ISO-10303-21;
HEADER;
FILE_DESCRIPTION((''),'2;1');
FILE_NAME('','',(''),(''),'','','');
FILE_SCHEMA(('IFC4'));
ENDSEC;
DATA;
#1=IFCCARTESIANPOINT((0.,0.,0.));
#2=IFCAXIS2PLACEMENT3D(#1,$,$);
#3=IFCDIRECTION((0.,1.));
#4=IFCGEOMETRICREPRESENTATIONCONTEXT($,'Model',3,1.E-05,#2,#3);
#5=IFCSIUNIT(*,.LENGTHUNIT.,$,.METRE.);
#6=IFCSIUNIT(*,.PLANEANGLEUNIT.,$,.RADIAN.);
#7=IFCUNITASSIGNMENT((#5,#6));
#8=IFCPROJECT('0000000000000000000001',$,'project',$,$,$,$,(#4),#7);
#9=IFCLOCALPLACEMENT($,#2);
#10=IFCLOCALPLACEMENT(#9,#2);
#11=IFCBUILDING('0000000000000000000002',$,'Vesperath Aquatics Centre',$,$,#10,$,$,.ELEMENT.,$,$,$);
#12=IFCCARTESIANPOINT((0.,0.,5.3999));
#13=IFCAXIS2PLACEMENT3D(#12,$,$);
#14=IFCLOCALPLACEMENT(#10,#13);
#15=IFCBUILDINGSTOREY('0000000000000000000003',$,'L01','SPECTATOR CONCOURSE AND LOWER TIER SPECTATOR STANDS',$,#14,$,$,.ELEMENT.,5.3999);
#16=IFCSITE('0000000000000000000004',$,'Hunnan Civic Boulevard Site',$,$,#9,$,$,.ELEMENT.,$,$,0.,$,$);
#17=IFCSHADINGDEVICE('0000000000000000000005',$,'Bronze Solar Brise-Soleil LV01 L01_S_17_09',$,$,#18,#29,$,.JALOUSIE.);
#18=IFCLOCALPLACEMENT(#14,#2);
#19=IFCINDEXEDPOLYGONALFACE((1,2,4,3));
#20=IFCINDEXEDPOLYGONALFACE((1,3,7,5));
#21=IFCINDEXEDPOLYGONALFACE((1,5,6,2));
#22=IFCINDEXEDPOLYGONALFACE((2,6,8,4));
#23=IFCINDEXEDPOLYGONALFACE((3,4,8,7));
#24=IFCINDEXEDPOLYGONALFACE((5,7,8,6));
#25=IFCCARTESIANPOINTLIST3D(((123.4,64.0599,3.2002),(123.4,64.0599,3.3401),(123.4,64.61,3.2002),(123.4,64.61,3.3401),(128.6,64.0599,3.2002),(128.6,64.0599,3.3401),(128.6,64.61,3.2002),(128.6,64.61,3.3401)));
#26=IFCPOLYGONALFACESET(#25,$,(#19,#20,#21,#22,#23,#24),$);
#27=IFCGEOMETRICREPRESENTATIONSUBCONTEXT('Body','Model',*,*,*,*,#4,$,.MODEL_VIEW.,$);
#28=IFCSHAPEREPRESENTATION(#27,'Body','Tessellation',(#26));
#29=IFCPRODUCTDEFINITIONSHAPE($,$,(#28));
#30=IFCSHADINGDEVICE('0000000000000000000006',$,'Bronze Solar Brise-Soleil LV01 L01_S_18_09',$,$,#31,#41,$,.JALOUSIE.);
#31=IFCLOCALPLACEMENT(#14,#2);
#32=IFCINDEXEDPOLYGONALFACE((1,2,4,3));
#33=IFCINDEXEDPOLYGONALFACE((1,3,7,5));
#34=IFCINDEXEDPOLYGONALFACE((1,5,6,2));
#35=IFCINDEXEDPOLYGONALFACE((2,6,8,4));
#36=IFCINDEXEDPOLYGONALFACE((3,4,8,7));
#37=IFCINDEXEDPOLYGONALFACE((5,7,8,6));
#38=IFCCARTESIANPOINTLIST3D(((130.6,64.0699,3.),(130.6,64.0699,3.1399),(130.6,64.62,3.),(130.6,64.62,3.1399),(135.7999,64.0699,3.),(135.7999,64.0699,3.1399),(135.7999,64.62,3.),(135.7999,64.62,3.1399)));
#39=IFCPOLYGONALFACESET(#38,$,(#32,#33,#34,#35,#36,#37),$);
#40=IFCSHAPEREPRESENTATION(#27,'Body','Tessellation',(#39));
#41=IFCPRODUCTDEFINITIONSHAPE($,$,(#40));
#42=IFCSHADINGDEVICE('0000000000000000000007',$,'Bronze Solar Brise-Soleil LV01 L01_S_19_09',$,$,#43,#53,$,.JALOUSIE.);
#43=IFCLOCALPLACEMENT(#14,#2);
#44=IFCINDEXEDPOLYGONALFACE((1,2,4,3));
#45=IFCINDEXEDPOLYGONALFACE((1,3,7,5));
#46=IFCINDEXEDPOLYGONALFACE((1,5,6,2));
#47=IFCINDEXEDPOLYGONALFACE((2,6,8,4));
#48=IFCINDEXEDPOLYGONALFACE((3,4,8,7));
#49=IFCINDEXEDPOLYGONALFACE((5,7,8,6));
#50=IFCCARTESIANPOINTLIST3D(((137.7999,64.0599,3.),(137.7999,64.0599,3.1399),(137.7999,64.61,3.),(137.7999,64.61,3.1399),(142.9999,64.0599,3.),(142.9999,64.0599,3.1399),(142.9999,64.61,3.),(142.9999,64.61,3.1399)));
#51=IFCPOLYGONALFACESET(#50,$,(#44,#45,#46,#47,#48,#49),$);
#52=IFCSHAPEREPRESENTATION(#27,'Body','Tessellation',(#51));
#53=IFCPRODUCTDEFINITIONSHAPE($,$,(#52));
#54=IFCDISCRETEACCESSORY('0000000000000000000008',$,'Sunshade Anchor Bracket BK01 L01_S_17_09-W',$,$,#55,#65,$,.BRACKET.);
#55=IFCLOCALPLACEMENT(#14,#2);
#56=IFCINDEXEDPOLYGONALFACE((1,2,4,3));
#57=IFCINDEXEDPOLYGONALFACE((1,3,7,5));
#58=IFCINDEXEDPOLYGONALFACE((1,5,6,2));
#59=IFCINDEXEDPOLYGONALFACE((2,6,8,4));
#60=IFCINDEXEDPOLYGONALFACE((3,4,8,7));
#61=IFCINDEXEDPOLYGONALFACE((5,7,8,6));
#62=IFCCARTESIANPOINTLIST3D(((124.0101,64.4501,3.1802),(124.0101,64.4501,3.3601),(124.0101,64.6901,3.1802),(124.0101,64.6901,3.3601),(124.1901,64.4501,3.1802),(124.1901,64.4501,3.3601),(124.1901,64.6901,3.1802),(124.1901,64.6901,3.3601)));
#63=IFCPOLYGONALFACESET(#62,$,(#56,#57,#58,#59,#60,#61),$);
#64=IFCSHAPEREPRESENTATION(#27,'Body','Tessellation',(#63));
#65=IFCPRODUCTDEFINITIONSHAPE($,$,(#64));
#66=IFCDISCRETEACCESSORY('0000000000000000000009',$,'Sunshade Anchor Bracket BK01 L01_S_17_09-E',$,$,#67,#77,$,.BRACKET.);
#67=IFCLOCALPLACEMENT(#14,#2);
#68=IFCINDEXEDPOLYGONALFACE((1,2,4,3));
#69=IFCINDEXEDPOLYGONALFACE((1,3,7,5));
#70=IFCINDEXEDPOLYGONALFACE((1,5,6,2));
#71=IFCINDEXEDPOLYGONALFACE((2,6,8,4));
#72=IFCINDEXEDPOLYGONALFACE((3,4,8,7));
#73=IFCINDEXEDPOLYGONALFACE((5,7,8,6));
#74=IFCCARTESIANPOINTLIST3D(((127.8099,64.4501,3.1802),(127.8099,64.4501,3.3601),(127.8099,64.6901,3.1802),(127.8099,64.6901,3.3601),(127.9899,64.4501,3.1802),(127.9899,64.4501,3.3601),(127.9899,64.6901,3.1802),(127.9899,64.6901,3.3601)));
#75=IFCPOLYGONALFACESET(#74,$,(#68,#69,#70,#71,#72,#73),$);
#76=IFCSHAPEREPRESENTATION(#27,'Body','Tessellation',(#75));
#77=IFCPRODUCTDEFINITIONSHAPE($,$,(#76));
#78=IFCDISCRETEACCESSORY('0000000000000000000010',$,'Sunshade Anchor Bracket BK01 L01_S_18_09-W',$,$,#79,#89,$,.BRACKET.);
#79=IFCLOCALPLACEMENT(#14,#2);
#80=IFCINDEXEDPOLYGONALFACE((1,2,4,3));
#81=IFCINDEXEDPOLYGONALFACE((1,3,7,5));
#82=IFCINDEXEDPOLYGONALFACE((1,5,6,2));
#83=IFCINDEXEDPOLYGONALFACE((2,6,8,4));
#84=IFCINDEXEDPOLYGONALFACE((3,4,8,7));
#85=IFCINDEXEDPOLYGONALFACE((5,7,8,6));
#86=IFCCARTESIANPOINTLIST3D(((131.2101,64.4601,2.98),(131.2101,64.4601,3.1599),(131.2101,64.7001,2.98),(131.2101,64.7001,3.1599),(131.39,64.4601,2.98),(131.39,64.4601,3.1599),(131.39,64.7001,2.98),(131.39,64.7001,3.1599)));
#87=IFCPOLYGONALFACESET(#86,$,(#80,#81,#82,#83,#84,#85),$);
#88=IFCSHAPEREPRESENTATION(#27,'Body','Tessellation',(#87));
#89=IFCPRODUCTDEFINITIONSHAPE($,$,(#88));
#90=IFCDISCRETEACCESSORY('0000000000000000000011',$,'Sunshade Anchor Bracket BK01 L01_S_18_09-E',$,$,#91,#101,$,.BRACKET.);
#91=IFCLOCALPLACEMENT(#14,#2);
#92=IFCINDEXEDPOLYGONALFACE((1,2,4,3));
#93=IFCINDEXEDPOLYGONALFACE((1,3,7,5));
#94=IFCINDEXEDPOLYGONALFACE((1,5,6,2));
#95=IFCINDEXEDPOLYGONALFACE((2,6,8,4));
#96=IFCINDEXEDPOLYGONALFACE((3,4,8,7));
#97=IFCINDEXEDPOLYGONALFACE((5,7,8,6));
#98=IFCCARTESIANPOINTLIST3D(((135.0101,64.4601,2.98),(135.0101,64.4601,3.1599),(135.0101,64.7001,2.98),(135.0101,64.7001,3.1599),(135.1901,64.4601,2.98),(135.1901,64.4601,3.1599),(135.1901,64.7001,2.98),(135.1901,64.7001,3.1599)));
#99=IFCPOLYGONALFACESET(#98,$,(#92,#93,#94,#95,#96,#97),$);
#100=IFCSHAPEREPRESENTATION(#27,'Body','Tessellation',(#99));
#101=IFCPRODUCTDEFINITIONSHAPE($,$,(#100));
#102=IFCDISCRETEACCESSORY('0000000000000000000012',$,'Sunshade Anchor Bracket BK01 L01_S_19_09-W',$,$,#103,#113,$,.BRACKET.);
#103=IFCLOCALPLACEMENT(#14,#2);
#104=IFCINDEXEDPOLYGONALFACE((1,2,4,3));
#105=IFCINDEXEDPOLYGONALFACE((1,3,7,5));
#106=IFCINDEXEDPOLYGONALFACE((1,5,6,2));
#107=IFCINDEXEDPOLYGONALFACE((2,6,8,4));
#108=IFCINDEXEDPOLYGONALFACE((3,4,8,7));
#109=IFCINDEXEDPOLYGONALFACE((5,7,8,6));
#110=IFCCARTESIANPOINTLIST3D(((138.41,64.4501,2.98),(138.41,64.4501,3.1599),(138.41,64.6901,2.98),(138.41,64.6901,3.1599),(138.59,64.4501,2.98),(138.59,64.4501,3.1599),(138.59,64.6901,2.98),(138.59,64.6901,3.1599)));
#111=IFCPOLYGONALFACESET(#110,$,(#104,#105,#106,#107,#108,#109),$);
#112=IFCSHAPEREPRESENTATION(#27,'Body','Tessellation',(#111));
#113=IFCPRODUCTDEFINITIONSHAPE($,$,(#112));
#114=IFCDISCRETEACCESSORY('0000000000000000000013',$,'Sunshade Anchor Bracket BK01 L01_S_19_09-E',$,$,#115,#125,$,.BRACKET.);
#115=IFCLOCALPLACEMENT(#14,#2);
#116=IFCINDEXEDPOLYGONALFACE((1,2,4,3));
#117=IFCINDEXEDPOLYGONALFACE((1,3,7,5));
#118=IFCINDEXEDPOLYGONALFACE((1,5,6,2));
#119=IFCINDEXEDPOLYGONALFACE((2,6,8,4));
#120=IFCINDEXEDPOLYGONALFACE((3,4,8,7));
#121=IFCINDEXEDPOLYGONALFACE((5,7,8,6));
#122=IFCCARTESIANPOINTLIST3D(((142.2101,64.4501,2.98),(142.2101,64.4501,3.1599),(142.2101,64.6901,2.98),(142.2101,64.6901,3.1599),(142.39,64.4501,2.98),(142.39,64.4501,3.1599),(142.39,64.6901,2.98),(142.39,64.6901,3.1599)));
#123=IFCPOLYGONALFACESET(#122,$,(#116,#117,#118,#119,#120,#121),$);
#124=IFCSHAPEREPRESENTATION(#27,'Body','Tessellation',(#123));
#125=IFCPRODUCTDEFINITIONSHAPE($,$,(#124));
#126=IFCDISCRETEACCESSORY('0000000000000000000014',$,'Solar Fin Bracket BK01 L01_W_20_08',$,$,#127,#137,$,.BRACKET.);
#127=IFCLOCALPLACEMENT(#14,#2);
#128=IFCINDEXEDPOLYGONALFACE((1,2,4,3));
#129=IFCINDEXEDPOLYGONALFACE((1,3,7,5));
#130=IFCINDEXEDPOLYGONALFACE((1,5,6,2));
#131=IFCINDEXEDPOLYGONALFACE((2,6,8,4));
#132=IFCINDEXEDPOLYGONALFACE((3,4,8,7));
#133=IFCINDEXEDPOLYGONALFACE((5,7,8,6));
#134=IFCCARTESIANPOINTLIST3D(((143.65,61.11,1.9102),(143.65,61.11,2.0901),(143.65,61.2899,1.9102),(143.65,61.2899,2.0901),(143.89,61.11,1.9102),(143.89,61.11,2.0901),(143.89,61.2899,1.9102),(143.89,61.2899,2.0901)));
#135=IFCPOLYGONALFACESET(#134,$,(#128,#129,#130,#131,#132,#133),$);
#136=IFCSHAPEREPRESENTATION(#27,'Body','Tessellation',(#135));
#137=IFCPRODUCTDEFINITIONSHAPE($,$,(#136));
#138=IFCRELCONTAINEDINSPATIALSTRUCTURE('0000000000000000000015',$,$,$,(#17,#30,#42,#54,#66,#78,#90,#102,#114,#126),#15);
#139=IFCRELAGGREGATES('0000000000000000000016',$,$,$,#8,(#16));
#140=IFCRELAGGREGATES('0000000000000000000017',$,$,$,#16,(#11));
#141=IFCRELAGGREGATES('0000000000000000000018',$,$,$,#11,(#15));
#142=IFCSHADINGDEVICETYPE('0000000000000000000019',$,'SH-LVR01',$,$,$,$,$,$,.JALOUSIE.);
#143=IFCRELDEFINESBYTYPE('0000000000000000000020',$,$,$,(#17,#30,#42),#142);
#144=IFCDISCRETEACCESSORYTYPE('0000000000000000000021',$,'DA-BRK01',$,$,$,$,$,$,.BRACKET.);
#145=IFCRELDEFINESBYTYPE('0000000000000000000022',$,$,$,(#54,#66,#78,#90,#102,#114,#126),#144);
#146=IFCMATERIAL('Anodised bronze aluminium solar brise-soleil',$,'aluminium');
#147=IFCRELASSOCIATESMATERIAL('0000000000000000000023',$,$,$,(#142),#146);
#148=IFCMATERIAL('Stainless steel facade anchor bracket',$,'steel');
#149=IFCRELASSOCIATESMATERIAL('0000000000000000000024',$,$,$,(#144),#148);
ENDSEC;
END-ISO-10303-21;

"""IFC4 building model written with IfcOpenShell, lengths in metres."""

from ifc_helpers import new_model, si_unit, direction, frame, origin, origin_2d, place, context, subcontext, project, spatial, rectangle, extrude, material, type_object, element, save


model = new_model("IFC4")

# Units and contexts
model_context = context("Model", 3, precision=1e-05, world=origin(), true_north=direction((0.0, 1.0)))
body_context = subcontext(model_context, "Body", "Model", "MODEL_VIEW")
ifc_project = project(units=[si_unit("LENGTHUNIT", "METRE"), si_unit("PLANEANGLEUNIT", "RADIAN")], contexts=[model_context])

# Site, building, storey
site_placement = place(None, origin())
site = spatial("IfcSite", under=ifc_project, at=site_placement, Name="Hunnan Civic Boulevard Site", CompositionType="ELEMENT", RefElevation=0.0)
building_placement = place(site_placement, origin())
building = spatial("IfcBuilding", under=site, at=building_placement, Name="Vesperath Aquatics Centre", CompositionType="ELEMENT")
storey_placement = place(building_placement, frame((0.0, 0.0, 5.3999)))
storey = spatial("IfcBuildingStorey", under=building, at=storey_placement, Name="L01", Description="SPECTATOR CONCOURSE AND LOWER TIER SPECTATOR STANDS", CompositionType="ELEMENT", Elevation=5.3999)

# Shading devices
ifc_material_1 = material(Name="Anodised bronze aluminium solar brise-soleil", Category="aluminium")
shading_device_type_1 = type_object("IfcShadingDeviceType", Name="SH-LVR01", PredefinedType="JALOUSIE", material=ifc_material_1)
for number, where, z_axis, x_axis, name in (
    (1, (126.0, 64.335, 3.2002), (0.0, 0.0, 1.0), (1.0, 0.0, 0.0), "Bronze Solar Brise-Soleil LV01 L01_S_17_09"),
    (2, (133.2, 64.345, 3.0), (0.0, 0.0, 1.0), (1.0, 0.0, 0.0), "Bronze Solar Brise-Soleil LV01 L01_S_18_09"),
    (3, (140.3999, 64.335, 3.0), (0.0, 0.0, 1.0), (1.0, 0.0, 0.0), "Bronze Solar Brise-Soleil LV01 L01_S_19_09"),
):
    element("IfcShadingDevice", number, at=place(storey_placement, frame(where, z_axis=z_axis, x_axis=x_axis)), inside=storey, type_object=shading_device_type_1, Name=name, PredefinedType="JALOUSIE", context=body_context, shape_type="SweptSolid", body=[
        extrude(rectangle(XDim=5.2, YDim=0.55, at=origin_2d()), origin(), (0.0, 0.0, 1.0), 0.1399),
    ])

# Discrete accessories
ifc_material_2 = material(Name="Stainless steel facade anchor bracket", Category="steel")
discrete_accessory_type = type_object("IfcDiscreteAccessoryType", Name="DA-BRK01", PredefinedType="BRACKET", material=ifc_material_2)
for number, where, z_axis, x_axis, name in (
    (4, (124.1001, 64.5701, 3.1802), (0.0, 0.0, 1.0), (1.0, 0.0, 0.0), "Sunshade Anchor Bracket BK01 L01_S_17_09-W"),
    (5, (127.8999, 64.5701, 3.1802), (0.0, 0.0, 1.0), (1.0, 0.0, 0.0), "Sunshade Anchor Bracket BK01 L01_S_17_09-E"),
    (6, (131.3, 64.5801, 2.98), (0.0, 0.0, 1.0), (1.0, 0.0, 0.0), "Sunshade Anchor Bracket BK01 L01_S_18_09-W"),
    (7, (135.1001, 64.5801, 2.98), (0.0, 0.0, 1.0), (1.0, 0.0, 0.0), "Sunshade Anchor Bracket BK01 L01_S_18_09-E"),
    (8, (138.5, 64.5701, 2.98), (0.0, 0.0, 1.0), (1.0, 0.0, 0.0), "Sunshade Anchor Bracket BK01 L01_S_19_09-W"),
    (9, (142.3, 64.5701, 2.98), (0.0, 0.0, 1.0), (1.0, 0.0, 0.0), "Sunshade Anchor Bracket BK01 L01_S_19_09-E"),
):
    element("IfcDiscreteAccessory", number, at=place(storey_placement, frame(where, z_axis=z_axis, x_axis=x_axis)), inside=storey, type_object=discrete_accessory_type, Name=name, PredefinedType="BRACKET", context=body_context, shape_type="SweptSolid", body=[
        extrude(rectangle(XDim=0.1799, YDim=0.24, at=origin_2d()), origin(), (0.0, 0.0, 1.0), 0.1799),
    ])
discrete_accessory_placement = place(storey_placement, frame((143.77, 61.2, 1.9102), z_axis=(0.0, 0.0, 1.0), x_axis=(1.0, 0.0, 0.0)))
element("IfcDiscreteAccessory", 10, at=discrete_accessory_placement, inside=storey, type_object=discrete_accessory_type, Name="Solar Fin Bracket BK01 L01_W_20_08", PredefinedType="BRACKET", context=body_context, shape_type="SweptSolid", body=[
    extrude(rectangle(XDim=0.24, YDim=0.1799, at=origin_2d()), origin(), (0.0, 0.0, 1.0), 0.1799),
])

save(model, "model.ifc")
